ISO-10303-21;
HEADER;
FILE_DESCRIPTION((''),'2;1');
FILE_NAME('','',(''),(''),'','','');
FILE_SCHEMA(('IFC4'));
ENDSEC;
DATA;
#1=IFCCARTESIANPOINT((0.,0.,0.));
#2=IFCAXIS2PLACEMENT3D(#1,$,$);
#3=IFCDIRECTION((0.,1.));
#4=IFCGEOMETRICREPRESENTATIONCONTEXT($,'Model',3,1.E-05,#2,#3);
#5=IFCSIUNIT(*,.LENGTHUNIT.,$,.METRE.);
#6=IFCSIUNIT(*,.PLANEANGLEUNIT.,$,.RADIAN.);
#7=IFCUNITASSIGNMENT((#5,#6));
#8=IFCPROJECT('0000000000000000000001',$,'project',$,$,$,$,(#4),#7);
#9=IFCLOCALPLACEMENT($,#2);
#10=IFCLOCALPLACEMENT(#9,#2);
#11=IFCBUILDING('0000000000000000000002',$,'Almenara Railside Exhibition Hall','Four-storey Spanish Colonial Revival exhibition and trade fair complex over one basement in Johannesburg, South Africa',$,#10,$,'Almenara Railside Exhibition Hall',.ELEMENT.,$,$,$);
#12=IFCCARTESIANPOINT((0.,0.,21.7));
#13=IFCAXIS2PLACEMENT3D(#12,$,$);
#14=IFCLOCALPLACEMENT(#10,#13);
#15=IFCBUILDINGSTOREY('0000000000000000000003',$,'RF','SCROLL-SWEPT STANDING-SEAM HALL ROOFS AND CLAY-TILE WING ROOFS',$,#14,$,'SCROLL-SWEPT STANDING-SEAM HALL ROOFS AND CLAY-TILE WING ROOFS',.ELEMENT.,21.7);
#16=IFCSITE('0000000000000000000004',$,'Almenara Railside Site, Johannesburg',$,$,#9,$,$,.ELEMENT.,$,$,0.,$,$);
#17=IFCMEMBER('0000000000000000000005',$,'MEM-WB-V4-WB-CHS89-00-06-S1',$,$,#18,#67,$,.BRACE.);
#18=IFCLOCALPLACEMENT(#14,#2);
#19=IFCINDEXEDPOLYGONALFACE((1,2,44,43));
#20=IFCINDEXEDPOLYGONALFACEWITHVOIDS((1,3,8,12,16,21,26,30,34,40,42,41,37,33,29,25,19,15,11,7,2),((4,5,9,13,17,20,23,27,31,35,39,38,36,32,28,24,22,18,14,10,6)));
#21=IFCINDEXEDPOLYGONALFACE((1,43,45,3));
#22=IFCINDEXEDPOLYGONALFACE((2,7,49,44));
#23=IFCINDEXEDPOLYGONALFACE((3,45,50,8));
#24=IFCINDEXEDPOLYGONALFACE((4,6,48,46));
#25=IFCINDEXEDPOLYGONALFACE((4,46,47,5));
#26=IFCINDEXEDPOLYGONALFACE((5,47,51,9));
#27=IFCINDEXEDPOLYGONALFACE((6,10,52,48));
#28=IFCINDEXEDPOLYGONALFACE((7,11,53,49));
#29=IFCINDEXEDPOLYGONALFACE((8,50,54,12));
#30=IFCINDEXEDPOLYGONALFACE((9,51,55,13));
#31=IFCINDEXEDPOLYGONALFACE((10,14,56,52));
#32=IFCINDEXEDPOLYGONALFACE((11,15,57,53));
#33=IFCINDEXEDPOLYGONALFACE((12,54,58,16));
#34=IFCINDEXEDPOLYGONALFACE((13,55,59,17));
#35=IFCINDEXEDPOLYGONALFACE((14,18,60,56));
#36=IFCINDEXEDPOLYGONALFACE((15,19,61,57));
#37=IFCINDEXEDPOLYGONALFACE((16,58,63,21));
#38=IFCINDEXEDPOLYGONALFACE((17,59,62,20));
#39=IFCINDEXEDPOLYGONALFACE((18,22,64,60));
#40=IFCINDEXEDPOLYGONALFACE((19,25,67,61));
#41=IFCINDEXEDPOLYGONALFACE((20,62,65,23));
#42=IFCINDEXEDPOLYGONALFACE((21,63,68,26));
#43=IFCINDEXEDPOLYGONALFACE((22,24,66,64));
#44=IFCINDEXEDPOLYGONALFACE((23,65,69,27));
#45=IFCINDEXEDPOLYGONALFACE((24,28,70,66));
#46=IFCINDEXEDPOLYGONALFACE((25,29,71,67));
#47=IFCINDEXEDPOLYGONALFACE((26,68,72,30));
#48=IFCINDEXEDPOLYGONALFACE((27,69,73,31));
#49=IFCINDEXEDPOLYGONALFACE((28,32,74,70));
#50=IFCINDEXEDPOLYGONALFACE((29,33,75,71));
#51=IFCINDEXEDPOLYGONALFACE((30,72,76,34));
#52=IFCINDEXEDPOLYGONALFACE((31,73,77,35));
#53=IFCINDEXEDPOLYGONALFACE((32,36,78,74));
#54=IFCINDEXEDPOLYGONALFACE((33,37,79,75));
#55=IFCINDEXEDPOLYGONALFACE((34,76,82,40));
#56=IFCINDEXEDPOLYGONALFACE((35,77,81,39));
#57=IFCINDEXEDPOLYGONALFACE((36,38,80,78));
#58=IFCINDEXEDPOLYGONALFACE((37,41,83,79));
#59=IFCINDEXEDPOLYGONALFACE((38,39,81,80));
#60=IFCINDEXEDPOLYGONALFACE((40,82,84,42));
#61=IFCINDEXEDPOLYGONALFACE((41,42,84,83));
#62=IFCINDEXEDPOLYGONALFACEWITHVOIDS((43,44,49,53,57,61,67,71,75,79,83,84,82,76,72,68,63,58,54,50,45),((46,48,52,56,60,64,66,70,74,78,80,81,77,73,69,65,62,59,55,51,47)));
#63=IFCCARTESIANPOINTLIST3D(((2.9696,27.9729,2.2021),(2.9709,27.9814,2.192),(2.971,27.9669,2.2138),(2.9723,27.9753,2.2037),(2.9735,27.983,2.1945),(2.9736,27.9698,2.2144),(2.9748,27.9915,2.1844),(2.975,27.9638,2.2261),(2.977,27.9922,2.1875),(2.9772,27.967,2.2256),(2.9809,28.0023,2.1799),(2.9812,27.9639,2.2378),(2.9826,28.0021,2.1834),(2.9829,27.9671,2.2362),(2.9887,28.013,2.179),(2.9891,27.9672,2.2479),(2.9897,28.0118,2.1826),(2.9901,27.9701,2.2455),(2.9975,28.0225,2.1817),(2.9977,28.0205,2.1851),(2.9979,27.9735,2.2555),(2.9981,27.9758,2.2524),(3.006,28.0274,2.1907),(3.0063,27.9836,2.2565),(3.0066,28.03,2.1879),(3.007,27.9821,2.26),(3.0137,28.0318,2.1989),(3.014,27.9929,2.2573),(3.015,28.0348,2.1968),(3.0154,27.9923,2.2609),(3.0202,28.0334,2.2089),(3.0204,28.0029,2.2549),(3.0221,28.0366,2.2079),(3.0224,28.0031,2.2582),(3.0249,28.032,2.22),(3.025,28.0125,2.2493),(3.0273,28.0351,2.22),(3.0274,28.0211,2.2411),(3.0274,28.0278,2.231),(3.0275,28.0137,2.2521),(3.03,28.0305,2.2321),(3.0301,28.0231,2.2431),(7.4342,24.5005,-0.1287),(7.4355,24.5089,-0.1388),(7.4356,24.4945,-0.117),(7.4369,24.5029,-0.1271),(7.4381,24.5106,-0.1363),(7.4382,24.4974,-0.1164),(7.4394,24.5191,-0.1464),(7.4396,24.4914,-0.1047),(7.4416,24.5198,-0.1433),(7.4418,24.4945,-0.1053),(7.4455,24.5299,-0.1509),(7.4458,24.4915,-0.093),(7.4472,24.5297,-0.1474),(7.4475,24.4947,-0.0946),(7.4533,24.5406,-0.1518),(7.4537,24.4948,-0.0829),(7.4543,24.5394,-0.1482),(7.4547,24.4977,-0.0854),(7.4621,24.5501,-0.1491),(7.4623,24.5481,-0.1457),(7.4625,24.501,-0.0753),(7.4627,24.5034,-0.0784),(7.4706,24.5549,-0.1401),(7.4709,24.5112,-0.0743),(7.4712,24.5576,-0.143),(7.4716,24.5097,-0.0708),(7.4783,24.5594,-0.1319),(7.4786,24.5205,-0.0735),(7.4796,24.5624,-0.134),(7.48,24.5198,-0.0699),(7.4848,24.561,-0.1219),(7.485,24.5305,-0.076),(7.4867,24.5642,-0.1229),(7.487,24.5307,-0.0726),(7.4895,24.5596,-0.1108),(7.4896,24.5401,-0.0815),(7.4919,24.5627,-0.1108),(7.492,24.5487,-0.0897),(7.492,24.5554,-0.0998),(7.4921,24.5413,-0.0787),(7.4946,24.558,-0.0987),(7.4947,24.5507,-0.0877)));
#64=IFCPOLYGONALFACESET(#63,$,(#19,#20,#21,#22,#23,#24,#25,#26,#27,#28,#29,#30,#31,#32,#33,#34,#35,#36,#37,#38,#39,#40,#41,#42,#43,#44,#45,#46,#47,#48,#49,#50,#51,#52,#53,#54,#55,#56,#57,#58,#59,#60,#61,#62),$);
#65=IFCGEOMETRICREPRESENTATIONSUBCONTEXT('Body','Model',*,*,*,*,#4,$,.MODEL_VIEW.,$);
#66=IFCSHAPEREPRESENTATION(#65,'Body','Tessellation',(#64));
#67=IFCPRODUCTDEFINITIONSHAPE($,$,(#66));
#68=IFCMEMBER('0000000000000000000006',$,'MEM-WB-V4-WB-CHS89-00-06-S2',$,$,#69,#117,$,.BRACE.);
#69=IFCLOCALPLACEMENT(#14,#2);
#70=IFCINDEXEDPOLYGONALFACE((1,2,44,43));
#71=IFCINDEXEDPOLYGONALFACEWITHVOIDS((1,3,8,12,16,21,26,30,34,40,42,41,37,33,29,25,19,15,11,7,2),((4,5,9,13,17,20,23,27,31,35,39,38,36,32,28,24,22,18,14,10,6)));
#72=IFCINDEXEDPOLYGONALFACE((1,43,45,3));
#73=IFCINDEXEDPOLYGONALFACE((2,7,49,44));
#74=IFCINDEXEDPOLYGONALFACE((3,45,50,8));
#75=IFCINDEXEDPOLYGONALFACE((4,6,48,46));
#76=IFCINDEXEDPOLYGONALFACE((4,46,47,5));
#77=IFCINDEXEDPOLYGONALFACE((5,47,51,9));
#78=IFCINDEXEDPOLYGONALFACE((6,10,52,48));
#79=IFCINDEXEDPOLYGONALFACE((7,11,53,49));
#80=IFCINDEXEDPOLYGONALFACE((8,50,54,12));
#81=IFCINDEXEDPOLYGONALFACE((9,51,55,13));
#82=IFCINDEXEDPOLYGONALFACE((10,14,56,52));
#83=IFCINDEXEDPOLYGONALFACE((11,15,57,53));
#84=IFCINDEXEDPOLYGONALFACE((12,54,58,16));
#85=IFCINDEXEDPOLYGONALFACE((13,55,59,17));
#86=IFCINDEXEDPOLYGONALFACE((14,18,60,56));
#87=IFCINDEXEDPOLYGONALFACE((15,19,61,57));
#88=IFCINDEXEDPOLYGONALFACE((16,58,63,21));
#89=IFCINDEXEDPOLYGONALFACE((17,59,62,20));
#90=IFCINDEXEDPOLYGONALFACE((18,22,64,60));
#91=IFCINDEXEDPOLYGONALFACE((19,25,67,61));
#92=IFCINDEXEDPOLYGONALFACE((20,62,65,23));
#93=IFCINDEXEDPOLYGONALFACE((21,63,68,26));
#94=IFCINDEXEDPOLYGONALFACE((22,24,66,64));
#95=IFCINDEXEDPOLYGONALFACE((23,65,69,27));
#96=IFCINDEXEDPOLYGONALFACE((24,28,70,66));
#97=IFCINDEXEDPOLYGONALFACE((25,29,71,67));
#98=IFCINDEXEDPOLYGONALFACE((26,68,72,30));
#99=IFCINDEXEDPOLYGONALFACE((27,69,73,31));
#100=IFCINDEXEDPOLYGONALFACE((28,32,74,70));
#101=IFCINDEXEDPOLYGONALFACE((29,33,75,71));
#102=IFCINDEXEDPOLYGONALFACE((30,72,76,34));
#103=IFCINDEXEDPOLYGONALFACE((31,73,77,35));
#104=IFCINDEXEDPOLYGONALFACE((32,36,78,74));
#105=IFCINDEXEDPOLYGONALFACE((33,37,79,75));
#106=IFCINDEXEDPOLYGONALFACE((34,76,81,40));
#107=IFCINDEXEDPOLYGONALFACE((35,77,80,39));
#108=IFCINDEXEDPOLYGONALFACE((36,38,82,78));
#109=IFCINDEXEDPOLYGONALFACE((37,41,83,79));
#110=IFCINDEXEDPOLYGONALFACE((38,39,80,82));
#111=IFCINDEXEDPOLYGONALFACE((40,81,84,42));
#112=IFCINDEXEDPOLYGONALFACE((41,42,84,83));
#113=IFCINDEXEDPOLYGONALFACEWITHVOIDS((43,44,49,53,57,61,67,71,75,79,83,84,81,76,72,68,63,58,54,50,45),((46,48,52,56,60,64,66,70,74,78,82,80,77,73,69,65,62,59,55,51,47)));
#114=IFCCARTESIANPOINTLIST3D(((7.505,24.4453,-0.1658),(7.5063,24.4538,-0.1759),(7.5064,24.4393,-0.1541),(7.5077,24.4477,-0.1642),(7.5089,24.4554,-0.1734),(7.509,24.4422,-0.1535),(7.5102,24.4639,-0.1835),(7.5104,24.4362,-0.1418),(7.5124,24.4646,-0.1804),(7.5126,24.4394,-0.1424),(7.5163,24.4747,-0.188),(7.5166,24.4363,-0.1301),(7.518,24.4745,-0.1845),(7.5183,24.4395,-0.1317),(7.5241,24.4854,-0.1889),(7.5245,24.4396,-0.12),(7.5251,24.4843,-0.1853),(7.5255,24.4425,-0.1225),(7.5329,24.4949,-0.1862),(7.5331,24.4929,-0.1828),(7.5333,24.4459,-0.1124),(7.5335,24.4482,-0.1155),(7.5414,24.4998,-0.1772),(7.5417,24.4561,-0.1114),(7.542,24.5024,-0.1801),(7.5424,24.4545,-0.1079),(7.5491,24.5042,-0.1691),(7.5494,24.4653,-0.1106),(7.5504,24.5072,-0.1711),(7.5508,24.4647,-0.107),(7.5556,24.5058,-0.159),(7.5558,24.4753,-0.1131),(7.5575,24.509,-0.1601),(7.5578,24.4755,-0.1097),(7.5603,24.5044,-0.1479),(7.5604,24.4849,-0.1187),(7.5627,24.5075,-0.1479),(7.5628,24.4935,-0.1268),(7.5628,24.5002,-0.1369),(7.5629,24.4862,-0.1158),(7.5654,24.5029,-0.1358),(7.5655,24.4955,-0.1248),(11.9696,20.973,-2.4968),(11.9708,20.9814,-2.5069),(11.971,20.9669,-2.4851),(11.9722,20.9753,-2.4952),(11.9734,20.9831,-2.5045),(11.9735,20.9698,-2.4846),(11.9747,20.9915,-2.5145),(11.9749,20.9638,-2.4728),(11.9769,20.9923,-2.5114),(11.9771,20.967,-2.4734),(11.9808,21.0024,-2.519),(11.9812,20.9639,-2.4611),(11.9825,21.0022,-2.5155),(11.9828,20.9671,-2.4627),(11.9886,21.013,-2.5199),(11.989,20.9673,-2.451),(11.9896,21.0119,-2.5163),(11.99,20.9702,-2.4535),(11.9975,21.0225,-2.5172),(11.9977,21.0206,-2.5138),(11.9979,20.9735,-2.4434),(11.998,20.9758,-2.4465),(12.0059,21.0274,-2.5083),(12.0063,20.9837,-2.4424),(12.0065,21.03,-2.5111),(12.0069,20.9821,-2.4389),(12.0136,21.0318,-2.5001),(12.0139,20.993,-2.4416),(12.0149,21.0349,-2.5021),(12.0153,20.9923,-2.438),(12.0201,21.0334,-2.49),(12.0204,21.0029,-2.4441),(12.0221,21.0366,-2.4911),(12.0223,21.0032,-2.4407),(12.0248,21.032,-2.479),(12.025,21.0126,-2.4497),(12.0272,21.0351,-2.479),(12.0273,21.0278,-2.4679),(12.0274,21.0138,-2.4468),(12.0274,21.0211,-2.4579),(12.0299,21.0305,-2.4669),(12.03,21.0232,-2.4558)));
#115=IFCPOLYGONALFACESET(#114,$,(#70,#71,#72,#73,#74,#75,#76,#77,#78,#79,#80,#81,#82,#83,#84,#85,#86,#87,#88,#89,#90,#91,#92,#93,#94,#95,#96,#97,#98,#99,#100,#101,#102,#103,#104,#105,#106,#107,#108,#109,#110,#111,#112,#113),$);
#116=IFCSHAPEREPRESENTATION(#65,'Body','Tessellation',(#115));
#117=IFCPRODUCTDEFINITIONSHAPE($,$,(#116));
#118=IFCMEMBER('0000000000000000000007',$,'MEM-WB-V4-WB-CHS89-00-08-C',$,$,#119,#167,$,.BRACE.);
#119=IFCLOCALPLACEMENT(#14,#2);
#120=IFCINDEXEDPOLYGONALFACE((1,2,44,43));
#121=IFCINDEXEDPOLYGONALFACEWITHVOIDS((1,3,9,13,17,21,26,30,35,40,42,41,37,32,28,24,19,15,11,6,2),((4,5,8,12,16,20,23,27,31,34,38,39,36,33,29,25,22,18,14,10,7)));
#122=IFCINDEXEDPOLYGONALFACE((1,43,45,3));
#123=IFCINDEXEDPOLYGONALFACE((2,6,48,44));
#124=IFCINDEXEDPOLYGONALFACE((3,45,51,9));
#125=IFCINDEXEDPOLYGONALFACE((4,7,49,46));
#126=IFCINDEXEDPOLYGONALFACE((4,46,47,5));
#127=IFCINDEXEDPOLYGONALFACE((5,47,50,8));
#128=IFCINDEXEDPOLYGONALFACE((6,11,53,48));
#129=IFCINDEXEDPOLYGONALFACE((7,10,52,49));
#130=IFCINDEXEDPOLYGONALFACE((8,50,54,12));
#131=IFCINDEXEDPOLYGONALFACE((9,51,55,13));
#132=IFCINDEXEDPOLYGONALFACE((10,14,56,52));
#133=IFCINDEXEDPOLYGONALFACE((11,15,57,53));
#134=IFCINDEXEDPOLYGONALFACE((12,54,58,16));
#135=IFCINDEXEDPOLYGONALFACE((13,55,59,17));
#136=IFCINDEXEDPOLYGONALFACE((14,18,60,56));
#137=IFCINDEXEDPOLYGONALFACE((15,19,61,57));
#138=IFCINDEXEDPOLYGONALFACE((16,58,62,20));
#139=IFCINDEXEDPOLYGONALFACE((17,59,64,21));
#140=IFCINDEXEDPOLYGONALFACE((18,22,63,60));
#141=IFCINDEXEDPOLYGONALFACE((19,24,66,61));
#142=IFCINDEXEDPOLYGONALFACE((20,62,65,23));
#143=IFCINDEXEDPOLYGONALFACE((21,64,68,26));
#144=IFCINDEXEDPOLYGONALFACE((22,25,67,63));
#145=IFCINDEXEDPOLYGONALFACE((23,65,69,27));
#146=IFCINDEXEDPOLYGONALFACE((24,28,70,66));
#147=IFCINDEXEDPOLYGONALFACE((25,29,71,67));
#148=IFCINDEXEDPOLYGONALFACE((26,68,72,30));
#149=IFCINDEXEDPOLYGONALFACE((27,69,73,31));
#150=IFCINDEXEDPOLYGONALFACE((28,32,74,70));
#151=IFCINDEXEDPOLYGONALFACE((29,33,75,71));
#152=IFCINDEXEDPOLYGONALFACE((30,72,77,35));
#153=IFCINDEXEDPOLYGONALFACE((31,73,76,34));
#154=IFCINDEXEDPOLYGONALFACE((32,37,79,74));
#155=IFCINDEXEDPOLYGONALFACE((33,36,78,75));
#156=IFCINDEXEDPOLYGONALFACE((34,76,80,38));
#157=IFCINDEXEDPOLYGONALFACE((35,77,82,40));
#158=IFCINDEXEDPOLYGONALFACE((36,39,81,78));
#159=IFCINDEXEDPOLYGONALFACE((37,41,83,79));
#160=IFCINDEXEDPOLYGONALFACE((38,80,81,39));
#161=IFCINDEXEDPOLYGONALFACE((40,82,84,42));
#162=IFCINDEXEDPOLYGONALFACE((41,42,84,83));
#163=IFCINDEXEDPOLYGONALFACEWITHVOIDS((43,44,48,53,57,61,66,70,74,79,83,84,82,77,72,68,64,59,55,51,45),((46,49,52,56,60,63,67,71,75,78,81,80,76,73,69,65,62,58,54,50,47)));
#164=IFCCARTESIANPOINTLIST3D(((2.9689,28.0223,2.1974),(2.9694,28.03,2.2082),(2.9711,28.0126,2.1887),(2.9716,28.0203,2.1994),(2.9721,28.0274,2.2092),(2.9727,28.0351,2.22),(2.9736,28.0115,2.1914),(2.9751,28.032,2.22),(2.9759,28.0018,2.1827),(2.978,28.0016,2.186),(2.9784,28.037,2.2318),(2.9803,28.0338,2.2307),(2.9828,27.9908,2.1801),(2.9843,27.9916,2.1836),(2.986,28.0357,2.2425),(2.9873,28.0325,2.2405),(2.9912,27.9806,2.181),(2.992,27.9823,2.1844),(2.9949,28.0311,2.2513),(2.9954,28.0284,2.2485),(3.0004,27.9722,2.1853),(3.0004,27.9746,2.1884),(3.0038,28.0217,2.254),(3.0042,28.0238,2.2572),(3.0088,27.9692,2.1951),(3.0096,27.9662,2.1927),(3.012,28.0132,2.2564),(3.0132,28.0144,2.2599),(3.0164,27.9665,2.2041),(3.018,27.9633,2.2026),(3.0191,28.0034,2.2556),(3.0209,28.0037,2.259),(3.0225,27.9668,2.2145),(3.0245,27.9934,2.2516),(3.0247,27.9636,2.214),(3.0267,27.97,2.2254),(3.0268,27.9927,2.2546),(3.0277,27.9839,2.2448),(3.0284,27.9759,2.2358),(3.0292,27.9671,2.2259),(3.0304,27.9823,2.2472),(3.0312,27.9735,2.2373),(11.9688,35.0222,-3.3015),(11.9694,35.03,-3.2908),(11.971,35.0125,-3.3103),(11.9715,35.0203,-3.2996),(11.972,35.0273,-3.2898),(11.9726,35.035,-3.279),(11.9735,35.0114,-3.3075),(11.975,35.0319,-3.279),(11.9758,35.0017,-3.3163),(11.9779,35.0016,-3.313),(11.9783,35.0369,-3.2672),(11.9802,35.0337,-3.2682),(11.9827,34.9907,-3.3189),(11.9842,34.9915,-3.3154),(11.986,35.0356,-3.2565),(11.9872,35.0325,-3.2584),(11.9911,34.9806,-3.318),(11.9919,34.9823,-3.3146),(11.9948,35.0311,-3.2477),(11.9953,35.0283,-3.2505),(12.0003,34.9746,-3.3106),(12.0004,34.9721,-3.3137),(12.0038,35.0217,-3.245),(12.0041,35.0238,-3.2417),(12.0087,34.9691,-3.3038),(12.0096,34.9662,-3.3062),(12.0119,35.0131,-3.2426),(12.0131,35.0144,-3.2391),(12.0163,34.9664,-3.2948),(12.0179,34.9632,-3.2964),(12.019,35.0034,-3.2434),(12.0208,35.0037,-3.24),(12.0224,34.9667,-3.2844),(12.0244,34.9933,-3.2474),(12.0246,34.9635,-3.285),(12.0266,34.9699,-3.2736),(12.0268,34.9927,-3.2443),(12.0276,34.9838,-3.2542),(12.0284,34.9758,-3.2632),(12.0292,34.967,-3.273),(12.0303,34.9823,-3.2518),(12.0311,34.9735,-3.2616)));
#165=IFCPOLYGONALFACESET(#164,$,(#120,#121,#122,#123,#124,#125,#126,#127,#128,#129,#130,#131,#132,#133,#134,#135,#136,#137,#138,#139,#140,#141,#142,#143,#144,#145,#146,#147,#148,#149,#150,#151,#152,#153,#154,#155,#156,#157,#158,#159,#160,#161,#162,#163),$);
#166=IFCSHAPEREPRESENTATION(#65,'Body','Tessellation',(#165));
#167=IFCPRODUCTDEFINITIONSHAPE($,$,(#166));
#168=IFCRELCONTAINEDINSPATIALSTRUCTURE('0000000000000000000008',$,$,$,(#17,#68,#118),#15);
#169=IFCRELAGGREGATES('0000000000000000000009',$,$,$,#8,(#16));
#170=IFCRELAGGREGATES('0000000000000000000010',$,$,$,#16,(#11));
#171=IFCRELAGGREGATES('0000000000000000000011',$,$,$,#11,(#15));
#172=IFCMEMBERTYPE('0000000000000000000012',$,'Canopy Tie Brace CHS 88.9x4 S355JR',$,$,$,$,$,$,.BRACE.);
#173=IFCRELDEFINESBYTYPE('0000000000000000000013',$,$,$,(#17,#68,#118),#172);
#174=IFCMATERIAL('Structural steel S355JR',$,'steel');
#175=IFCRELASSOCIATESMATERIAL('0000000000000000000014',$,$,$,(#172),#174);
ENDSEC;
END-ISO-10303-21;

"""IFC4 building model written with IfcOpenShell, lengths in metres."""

from ifc_helpers import new_model, si_unit, direction, frame, origin, origin_2d, place, context, subcontext, project, spatial, hollow_circle, extrude, material, material_profile, profile_set, type_object, element, save


model = new_model("IFC4")

# Units and contexts
model_context = context("Model", 3, precision=1e-05, world=origin(), true_north=direction((0.0, 1.0)))
body_context = subcontext(model_context, "Body", "Model", "MODEL_VIEW")
ifc_project = project(units=[si_unit("LENGTHUNIT", "METRE"), si_unit("PLANEANGLEUNIT", "RADIAN")], contexts=[model_context])

# Site, building, storey
site_placement = place(None, origin())
site = spatial("IfcSite", under=ifc_project, at=site_placement, Name="Almenara Railside Site, Johannesburg", CompositionType="ELEMENT", RefElevation=0.0)
building_placement = place(site_placement, origin())
building = spatial("IfcBuilding", under=site, at=building_placement, Name="Almenara Railside Exhibition Hall", Description="Four-storey Spanish Colonial Revival exhibition and trade fair complex over one basement in Johannesburg, South Africa", LongName="Almenara Railside Exhibition Hall", CompositionType="ELEMENT")
storey_placement = place(building_placement, frame((0.0, 0.0, 21.7)))
storey = spatial("IfcBuildingStorey", under=building, at=storey_placement, Name="RF", Description="SCROLL-SWEPT STANDING-SEAM HALL ROOFS AND CLAY-TILE WING ROOFS", LongName="SCROLL-SWEPT STANDING-SEAM HALL ROOFS AND CLAY-TILE WING ROOFS", CompositionType="ELEMENT", Elevation=21.7)

# Members
ifc_material_1 = material(Name="Structural steel S355JR", Category="steel")
ifc_material_profile_1 = material_profile(ifc_material_1, hollow_circle(Radius=0.0444, WallThickness=0.0039, at=origin_2d()), Name="CHS 88.9x4")
ifc_profile_set_1 = profile_set([ifc_material_profile_1], Name="Structural steel S355JR")
member_type_1 = type_object("IfcMemberType", Name="Canopy Tie Brace CHS 88.9x4 S355JR", PredefinedType="BRACE", material=ifc_profile_set_1)
for number, where, z_axis, x_axis, name in (
    (1, (3.0, 28.0, 2.22), (0.729816, -0.567626, -0.381011), (0.613935, 0.789357, 0.0), "MEM-WB-V4-WB-CHS89-00-06-S1"),
    (2, (7.5354, 24.4724, -0.1479), (0.729805, -0.567617, -0.381045), (0.613935, 0.789357, 0.0), "MEM-WB-V4-WB-CHS89-00-06-S2"),
):
    element("IfcMember", number, at=place(storey_placement, frame(where, z_axis=z_axis, x_axis=x_axis)), inside=storey, type_object=member_type_1, Name=name, PredefinedType="BRACE", context=body_context, shape_type="SweptSolid", body=[
        extrude(hollow_circle(Radius=0.0444, WallThickness=0.0039, at=origin_2d()), origin(), (0.0, 0.0, 1.0), 6.1174),
    ])
member_1_placement = place(storey_placement, frame((3.0, 28.0, 2.22), z_axis=(0.710981, 0.552985, -0.434411), x_axis=(-0.613941, 0.789352, 0.0)))
element("IfcMember", 3, at=member_1_placement, inside=storey, type_object=member_type_1, Name="MEM-WB-V4-WB-CHS89-00-08-C", PredefinedType="BRACE", context=body_context, shape_type="SweptSolid", body=[
    extrude(hollow_circle(Radius=0.0444, WallThickness=0.0039, at=origin_2d()), origin(), (0.0, 0.0, 1.0), 12.6584),
])

save(model, "model.ifc")
